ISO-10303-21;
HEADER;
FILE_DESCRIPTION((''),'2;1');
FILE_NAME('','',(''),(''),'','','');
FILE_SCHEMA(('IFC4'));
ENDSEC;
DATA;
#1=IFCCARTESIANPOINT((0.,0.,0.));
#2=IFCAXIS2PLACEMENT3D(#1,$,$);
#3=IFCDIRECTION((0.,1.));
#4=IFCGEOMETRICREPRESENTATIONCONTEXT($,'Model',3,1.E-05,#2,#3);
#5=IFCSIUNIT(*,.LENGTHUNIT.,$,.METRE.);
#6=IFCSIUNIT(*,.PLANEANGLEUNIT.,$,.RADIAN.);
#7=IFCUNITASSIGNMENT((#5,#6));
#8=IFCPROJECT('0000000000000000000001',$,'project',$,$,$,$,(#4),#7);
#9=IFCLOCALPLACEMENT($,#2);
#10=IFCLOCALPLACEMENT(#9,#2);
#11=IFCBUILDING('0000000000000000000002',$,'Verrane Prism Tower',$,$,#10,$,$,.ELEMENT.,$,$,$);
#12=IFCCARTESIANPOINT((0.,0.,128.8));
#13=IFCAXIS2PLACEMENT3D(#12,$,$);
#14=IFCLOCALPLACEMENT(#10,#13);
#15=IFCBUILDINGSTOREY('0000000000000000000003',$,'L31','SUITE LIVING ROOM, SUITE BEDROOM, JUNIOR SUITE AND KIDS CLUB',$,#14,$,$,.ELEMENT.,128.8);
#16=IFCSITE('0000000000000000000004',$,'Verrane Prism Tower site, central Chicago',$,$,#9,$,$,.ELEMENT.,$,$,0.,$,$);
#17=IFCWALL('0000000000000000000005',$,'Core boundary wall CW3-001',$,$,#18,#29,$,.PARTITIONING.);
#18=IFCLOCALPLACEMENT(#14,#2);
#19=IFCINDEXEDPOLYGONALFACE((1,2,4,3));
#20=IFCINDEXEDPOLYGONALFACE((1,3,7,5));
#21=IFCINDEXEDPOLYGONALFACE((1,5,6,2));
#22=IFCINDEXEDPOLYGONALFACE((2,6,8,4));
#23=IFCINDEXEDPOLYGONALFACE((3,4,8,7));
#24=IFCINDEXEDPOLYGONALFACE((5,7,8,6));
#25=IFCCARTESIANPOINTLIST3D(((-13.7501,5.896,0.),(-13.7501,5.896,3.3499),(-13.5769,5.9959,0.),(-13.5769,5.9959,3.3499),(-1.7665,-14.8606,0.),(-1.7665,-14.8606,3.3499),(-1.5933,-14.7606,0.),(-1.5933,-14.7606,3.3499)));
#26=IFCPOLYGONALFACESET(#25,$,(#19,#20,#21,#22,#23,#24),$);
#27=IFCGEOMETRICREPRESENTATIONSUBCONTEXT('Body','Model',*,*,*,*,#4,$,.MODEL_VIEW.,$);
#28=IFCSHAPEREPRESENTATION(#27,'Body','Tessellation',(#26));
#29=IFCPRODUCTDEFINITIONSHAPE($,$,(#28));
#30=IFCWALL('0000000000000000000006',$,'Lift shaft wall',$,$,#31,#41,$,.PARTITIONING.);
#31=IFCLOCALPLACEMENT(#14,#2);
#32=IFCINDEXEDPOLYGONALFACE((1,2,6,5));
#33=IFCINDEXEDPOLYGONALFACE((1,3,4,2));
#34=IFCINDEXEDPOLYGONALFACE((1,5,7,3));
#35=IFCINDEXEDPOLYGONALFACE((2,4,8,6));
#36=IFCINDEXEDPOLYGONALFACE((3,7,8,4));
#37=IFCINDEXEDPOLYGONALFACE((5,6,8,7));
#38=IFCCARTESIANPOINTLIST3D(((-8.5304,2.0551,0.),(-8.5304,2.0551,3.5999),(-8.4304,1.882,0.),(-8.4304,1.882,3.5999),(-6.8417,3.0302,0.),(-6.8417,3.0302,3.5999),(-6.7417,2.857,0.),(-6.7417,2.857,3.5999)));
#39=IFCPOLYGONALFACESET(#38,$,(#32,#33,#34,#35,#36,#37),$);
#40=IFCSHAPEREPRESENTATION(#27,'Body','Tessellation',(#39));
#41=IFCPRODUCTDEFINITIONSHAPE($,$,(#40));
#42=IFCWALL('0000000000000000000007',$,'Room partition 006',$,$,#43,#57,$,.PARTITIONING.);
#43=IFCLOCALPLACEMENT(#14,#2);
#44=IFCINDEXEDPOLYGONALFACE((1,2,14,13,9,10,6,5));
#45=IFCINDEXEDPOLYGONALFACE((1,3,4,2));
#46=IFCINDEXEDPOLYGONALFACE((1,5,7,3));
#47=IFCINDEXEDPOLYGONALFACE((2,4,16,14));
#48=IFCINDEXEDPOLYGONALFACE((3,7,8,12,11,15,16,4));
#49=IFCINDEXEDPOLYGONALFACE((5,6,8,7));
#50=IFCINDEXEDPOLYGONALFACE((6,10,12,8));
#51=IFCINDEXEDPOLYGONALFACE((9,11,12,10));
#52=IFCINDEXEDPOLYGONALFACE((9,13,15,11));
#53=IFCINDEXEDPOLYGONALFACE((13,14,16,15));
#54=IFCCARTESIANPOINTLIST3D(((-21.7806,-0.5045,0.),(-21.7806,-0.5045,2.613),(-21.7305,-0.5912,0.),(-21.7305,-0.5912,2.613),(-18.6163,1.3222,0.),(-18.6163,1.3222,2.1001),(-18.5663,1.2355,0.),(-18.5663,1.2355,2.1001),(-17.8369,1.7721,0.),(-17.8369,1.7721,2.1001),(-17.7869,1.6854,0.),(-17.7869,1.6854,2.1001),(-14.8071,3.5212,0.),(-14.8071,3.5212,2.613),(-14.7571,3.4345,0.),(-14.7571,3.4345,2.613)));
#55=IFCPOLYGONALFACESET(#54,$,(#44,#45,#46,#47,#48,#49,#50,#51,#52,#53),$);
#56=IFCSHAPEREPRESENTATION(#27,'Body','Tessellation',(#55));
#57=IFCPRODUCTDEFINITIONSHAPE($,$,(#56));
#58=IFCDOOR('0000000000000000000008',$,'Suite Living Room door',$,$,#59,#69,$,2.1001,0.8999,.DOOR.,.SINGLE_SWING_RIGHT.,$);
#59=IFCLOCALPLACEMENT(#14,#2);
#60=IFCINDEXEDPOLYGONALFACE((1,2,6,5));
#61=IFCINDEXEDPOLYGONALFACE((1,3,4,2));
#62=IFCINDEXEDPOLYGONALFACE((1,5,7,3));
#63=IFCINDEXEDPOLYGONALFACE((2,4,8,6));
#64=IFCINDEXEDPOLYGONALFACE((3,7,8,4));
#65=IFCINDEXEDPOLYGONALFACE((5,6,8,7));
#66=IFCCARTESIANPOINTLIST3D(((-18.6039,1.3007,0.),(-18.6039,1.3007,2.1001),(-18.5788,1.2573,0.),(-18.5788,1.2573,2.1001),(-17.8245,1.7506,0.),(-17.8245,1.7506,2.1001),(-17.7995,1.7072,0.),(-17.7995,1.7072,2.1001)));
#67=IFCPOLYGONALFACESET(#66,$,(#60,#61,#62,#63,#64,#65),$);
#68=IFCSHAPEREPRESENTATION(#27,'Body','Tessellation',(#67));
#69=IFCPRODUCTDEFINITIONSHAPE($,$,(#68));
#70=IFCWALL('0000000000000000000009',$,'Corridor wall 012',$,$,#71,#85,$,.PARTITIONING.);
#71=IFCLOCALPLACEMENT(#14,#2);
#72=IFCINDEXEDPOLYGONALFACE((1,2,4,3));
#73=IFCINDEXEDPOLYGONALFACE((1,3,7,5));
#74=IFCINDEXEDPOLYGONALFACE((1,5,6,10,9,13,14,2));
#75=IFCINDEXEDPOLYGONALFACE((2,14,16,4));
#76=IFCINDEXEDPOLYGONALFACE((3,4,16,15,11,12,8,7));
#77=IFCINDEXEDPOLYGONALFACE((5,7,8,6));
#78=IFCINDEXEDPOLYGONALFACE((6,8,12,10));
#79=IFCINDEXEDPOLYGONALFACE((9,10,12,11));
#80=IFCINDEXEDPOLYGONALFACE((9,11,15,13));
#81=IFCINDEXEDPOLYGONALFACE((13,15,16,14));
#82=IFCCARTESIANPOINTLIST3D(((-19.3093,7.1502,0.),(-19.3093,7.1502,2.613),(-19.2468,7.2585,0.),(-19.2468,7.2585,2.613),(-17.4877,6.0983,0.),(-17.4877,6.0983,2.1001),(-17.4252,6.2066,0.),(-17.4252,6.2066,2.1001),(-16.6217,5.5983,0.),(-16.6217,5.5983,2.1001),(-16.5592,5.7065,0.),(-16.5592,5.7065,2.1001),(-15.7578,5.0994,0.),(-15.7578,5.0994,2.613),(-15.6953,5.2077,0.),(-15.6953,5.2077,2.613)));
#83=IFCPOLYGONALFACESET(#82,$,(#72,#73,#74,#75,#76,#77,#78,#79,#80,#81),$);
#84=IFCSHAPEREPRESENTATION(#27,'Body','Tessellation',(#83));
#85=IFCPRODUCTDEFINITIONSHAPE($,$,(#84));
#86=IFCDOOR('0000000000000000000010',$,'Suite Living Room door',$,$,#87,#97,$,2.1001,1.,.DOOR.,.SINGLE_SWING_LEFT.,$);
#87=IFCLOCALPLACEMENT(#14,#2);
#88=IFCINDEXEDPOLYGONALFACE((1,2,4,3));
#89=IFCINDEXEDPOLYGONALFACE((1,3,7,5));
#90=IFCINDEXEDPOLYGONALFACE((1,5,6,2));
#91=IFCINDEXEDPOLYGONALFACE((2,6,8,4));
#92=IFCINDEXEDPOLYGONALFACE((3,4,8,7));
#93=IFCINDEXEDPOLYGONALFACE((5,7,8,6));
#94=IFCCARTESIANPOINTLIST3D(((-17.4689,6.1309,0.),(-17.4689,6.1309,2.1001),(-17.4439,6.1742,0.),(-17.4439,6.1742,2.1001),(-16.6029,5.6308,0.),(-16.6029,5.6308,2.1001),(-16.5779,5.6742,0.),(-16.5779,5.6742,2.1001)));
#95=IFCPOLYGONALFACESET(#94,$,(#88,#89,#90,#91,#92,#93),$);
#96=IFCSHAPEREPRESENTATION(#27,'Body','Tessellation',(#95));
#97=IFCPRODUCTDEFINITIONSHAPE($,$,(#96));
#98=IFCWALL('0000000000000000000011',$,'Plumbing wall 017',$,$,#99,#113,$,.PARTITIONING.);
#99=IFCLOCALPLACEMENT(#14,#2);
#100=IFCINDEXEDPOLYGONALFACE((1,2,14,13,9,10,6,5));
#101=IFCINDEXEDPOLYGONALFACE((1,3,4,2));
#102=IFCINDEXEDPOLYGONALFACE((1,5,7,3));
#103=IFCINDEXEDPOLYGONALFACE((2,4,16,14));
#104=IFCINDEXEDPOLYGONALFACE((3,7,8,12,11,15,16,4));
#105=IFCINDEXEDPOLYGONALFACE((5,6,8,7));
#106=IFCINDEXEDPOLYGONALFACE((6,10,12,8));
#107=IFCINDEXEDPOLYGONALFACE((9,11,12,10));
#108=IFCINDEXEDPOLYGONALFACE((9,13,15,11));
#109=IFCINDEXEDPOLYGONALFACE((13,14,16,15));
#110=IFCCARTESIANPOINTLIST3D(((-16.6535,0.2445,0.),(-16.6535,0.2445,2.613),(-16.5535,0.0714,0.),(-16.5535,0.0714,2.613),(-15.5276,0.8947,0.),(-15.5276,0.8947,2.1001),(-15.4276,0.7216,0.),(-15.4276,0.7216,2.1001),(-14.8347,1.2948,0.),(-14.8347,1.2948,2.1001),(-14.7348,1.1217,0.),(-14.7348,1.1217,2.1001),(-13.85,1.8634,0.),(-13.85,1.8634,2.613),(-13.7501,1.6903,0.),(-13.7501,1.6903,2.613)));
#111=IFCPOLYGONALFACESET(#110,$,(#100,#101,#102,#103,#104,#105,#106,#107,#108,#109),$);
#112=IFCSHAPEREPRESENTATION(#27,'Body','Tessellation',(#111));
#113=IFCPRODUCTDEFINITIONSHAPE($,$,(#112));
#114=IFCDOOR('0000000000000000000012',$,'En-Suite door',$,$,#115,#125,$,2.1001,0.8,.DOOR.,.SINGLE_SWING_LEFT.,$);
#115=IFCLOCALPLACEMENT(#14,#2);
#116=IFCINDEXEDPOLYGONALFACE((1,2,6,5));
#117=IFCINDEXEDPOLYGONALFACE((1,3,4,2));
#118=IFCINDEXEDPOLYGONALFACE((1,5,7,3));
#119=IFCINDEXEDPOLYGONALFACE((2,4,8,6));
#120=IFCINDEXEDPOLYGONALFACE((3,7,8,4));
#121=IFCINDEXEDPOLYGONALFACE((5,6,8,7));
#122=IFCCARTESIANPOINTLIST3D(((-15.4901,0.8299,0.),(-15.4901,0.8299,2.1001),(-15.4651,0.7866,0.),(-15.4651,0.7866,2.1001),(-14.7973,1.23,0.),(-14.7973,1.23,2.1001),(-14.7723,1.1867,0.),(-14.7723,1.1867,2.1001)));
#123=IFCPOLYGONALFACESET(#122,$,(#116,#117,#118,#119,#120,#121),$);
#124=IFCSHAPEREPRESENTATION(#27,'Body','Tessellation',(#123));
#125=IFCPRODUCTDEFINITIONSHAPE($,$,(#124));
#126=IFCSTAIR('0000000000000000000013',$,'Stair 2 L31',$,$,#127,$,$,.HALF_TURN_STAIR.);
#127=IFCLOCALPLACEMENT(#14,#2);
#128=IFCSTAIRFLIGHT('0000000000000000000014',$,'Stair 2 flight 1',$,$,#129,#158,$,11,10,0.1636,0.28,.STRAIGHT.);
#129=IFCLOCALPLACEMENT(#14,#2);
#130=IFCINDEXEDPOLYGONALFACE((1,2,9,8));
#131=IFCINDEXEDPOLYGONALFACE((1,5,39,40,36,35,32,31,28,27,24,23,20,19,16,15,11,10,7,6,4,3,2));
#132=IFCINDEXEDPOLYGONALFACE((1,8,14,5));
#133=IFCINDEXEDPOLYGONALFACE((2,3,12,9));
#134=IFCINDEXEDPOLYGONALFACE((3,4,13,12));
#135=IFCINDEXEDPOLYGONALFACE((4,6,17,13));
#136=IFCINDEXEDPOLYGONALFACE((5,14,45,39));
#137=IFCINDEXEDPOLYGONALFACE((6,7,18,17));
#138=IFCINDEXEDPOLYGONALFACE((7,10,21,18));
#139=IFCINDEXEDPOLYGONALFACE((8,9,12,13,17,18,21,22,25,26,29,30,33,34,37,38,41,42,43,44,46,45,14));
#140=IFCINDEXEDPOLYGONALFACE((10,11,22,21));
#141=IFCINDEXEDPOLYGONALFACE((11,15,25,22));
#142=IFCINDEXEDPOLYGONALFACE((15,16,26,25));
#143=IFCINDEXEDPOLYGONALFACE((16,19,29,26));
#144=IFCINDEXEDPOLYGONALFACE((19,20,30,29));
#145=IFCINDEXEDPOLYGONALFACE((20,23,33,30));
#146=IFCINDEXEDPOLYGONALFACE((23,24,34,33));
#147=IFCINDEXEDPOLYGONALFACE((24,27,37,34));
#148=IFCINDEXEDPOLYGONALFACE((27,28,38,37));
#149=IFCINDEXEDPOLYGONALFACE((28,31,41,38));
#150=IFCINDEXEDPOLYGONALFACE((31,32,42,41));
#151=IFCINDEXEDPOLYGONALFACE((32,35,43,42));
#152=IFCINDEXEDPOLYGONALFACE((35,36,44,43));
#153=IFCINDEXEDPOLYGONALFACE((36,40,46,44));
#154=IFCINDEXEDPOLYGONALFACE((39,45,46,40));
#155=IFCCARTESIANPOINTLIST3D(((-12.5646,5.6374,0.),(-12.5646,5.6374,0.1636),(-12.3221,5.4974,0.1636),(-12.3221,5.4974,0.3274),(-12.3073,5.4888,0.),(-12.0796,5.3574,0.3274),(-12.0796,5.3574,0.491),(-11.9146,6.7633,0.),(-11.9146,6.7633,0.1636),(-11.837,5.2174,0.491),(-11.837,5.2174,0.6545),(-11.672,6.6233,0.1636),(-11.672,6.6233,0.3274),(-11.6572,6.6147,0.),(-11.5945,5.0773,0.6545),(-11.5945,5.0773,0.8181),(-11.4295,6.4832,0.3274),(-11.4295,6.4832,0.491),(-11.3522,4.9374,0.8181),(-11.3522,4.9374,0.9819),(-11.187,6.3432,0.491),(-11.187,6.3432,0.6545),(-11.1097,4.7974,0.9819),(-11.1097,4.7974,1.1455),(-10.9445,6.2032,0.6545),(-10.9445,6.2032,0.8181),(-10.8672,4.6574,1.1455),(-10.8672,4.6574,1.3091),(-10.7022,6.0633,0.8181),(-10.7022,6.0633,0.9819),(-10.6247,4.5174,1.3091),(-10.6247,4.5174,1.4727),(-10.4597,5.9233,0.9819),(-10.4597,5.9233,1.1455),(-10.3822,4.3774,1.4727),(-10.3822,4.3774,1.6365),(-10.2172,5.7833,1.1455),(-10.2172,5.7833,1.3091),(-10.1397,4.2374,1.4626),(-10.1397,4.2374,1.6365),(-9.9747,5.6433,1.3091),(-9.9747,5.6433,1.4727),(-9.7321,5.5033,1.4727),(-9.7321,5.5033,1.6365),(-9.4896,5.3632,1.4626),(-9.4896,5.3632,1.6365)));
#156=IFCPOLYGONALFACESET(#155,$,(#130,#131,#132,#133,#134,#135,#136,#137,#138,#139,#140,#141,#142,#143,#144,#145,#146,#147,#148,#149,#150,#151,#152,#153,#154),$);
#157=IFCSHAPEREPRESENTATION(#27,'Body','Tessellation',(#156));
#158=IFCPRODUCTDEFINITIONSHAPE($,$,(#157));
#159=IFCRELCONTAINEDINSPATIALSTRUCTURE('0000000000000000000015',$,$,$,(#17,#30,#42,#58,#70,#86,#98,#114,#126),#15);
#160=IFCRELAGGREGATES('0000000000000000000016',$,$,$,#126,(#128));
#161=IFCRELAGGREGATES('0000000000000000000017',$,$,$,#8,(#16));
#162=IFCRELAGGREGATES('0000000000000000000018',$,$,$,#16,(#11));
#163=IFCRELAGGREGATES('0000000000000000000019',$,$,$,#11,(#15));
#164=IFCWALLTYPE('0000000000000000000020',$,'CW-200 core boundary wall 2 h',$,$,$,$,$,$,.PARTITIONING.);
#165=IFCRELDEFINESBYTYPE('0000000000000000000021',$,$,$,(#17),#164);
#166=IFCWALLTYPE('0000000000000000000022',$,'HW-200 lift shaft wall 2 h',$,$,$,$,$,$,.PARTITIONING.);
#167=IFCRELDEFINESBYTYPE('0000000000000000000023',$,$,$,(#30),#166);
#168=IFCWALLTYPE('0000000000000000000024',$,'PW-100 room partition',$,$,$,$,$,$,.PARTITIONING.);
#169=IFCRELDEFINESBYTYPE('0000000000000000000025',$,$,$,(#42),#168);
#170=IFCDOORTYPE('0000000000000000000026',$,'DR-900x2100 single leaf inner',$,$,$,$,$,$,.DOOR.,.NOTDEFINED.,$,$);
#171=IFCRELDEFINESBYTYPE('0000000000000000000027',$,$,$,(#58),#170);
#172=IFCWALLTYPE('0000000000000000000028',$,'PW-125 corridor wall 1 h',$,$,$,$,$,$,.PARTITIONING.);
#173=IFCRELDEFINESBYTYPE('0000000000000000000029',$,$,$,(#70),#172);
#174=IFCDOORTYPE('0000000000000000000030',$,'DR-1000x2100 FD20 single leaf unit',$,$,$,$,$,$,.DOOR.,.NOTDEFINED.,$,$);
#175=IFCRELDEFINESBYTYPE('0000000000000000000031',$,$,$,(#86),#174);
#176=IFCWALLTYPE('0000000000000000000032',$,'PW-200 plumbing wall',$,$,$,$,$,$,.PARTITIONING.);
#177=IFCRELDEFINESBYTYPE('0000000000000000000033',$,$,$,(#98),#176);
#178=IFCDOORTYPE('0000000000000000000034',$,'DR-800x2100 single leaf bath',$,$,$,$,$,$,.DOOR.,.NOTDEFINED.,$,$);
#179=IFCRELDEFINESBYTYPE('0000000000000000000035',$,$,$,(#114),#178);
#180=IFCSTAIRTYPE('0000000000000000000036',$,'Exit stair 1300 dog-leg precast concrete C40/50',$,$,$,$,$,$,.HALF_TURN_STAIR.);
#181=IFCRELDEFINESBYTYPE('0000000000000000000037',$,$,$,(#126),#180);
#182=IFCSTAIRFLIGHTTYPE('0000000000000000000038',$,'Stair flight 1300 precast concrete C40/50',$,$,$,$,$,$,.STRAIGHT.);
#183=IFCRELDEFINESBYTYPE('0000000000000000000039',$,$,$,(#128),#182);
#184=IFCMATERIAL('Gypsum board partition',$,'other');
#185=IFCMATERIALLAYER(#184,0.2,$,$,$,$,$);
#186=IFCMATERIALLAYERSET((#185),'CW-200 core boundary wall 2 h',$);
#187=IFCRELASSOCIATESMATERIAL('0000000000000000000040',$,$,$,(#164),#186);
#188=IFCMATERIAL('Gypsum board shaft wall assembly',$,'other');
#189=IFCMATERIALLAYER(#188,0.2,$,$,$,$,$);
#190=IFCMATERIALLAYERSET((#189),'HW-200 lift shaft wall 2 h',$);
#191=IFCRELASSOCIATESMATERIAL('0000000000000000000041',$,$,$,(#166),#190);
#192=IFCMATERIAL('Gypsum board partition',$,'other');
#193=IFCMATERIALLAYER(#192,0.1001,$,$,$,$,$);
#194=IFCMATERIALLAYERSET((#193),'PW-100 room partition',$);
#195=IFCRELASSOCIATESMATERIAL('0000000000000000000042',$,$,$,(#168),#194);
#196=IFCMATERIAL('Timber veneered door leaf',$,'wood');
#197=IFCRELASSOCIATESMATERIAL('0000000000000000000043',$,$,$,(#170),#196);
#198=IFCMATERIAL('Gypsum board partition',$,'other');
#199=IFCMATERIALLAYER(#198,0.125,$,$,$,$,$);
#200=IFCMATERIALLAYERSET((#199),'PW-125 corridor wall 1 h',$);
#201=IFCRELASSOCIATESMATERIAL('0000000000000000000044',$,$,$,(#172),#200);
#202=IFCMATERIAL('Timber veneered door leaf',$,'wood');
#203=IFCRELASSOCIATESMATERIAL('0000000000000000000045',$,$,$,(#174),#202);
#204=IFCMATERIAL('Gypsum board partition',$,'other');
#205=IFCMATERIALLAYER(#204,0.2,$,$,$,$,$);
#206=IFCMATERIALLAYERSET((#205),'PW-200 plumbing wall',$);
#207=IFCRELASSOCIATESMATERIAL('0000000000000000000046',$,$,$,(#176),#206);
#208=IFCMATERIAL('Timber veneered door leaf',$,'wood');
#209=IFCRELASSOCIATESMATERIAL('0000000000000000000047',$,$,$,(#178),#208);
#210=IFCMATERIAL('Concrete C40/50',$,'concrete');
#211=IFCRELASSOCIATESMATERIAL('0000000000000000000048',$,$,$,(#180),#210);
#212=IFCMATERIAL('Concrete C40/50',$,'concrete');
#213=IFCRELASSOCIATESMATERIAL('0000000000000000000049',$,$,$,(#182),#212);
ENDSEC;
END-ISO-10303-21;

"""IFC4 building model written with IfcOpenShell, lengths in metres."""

from ifc_helpers import new_model, si_unit, direction, frame, frame_2d, origin, place, context, subcontext, project, spatial, polyline, rectangle, outline, extrude, material, layer, layer_set, type_object, element, fill, aggregate, save


model = new_model("IFC4")

# Units and contexts
model_context = context("Model", 3, precision=1e-05, world=origin(), true_north=direction((0.0, 1.0)))
body_context = subcontext(model_context, "Body", "Model", "MODEL_VIEW")
ifc_project = project(units=[si_unit("LENGTHUNIT", "METRE"), si_unit("PLANEANGLEUNIT", "RADIAN")], contexts=[model_context])

# Site, building, storey
site_placement = place(None, origin())
site = spatial("IfcSite", under=ifc_project, at=site_placement, Name="Verrane Prism Tower site, central Chicago", CompositionType="ELEMENT", RefElevation=0.0)
building_placement = place(site_placement, origin())
building = spatial("IfcBuilding", under=site, at=building_placement, Name="Verrane Prism Tower", CompositionType="ELEMENT")
storey_placement = place(building_placement, frame((0.0, 0.0, 128.8)))
storey = spatial("IfcBuildingStorey", under=building, at=storey_placement, Name="L31", Description="SUITE LIVING ROOM, SUITE BEDROOM, JUNIOR SUITE AND KIDS CLUB", CompositionType="ELEMENT", Elevation=128.8)

# Walls
ifc_material_1 = material(Name="Gypsum board partition", Category="other")
ifc_layer_1 = layer(ifc_material_1, 0.2)
ifc_layer_set_1 = layer_set([ifc_layer_1], Name="CW-200 core boundary wall 2 h")
wall_type_1 = type_object("IfcWallType", Name="CW-200 core boundary wall 2 h", PredefinedType="PARTITIONING", material=ifc_layer_set_1)
wall_1_placement = place(storey_placement, frame((-13.6636, 5.946, 0.0), z_axis=(0.0, 0.0, 1.0), x_axis=(0.499994, -0.866029, 0.0)))
element("IfcWall", 1, at=wall_1_placement, inside=storey, type_object=wall_type_1, Name="Core boundary wall CW3-001", PredefinedType="PARTITIONING", context=body_context, shape_type="SweptSolid", body=[
    extrude(rectangle(XDim=23.9675, YDim=0.2, at=frame_2d((11.9839, 0.0))), origin(), (0.0, 0.0, 1.0), 3.3499),
])
ifc_material_2 = material(Name="Gypsum board shaft wall assembly", Category="other")
ifc_layer_2 = layer(ifc_material_2, 0.2)
ifc_layer_set_2 = layer_set([ifc_layer_2], Name="HW-200 lift shaft wall 2 h")
wall_type_2 = type_object("IfcWallType", Name="HW-200 lift shaft wall 2 h", PredefinedType="PARTITIONING", material=ifc_layer_set_2)
wall_2_placement = place(storey_placement, frame((-8.4805, 1.9685, 0.0), z_axis=(0.0, 0.0, 1.0), x_axis=(0.866, 0.500044, 0.0)))
element("IfcWall", 2, at=wall_2_placement, inside=storey, type_object=wall_type_2, Name="Lift shaft wall", PredefinedType="PARTITIONING", context=body_context, shape_type="SweptSolid", body=[
    extrude(rectangle(XDim=1.95, YDim=0.2, at=frame_2d((0.9751, 0.0))), origin(), (0.0, 0.0, 1.0), 3.5999),
])

# Walls, openings, doors
ifc_material_3 = material(Name="Gypsum board partition", Category="other")
ifc_layer_3 = layer(ifc_material_3, 0.1001)
ifc_layer_set_3 = layer_set([ifc_layer_3], Name="PW-100 room partition")
wall_type_3 = type_object("IfcWallType", Name="PW-100 room partition", PredefinedType="PARTITIONING", material=ifc_layer_set_3)
wall_3_placement = place(storey_placement, frame((-14.7822, 3.4778, 0.0), z_axis=(0.0, 0.0, 1.0), x_axis=(-0.86605, -0.499958, 0.0)))
wall_3 = element("IfcWall", 3, at=wall_3_placement, inside=storey, type_object=wall_type_3, Name="Room partition 006", PredefinedType="PARTITIONING", context=body_context, shape_type="SweptSolid", body=[
    extrude(rectangle(XDim=8.052, YDim=0.1001, at=frame_2d((4.0259, 0.0))), origin(), (0.0, 0.0, 1.0), 2.613),
])
opening_1_placement = place(wall_3_placement, frame((3.4983, 0.0, 0.0)))
opening_1 = element("IfcOpeningElement", 4, at=opening_1_placement, cuts=wall_3, PredefinedType="OPENING", context=body_context, shape_type="SweptSolid", body=[
    extrude(rectangle(XDim=0.8999, YDim=2.1001, at=frame_2d((0.45, 1.05))), frame((0.0, 0.0601, 0.0), z_axis=(0.0, -1.0, 0.0), x_axis=(1.0, 0.0, 0.0)), (0.0, 0.0, 1.0), 0.1201),
])
ifc_material_4 = material(Name="Timber veneered door leaf", Category="wood")
door_type_1 = type_object("IfcDoorType", Name="DR-900x2100 single leaf inner", OperationType="NOTDEFINED", PredefinedType="DOOR", material=ifc_material_4)
door_1_placement = place(opening_1_placement, origin())
door_1 = element("IfcDoor", 5, at=door_1_placement, inside=storey, type_object=door_type_1, Name="Suite Living Room door", OperationType="SINGLE_SWING_RIGHT", OverallHeight=2.1001, OverallWidth=0.8999, PredefinedType="DOOR", context=body_context, shape_type="SweptSolid", body=[
    extrude(rectangle(XDim=0.8999, YDim=2.1001, at=frame_2d((0.45, 1.05))), frame((0.0, 0.0249, 0.0), z_axis=(0.0, -1.0, 0.0), x_axis=(1.0, 0.0, 0.0)), (0.0, 0.0, 1.0), 0.05),
])
fill(opening_1, door_1)
ifc_material_5 = material(Name="Gypsum board partition", Category="other")
ifc_layer_4 = layer(ifc_material_5, 0.125)
ifc_layer_set_4 = layer_set([ifc_layer_4], Name="PW-125 corridor wall 1 h")
wall_type_4 = type_object("IfcWallType", Name="PW-125 corridor wall 1 h", PredefinedType="PARTITIONING", material=ifc_layer_set_4)
wall_4_placement = place(storey_placement, frame((-15.7266, 5.1536, 0.0), z_axis=(0.0, 0.0, 1.0), x_axis=(-0.865992, 0.500057, 0.0)))
wall_4 = element("IfcWall", 6, at=wall_4_placement, inside=storey, type_object=wall_type_4, Name="Corridor wall 012", PredefinedType="PARTITIONING", context=body_context, shape_type="SweptSolid", body=[
    extrude(rectangle(XDim=4.1011, YDim=0.125, at=frame_2d((2.0505, 0.0))), origin(), (0.0, 0.0, 1.0), 2.613),
])
opening_2_placement = place(wall_4_placement, frame((0.9976, 0.0, 0.0)))
opening_2 = element("IfcOpeningElement", 7, at=opening_2_placement, cuts=wall_4, PredefinedType="OPENING", context=body_context, shape_type="SweptSolid", body=[
    extrude(rectangle(XDim=1.0, YDim=2.1001, at=frame_2d((0.5, 1.05))), frame((0.0, 0.0725, 0.0), z_axis=(0.0, -1.0, 0.0), x_axis=(1.0, 0.0, 0.0)), (0.0, 0.0, 1.0), 0.145),
])
ifc_material_6 = material(Name="Timber veneered door leaf", Category="wood")
door_type_2 = type_object("IfcDoorType", Name="DR-1000x2100 FD20 single leaf unit", OperationType="NOTDEFINED", PredefinedType="DOOR", material=ifc_material_6)
door_2_placement = place(opening_2_placement, origin())
door_2 = element("IfcDoor", 8, at=door_2_placement, inside=storey, type_object=door_type_2, Name="Suite Living Room door", OperationType="SINGLE_SWING_LEFT", OverallHeight=2.1001, OverallWidth=1.0, PredefinedType="DOOR", context=body_context, shape_type="SweptSolid", body=[
    extrude(rectangle(XDim=1.0, YDim=2.1001, at=frame_2d((0.5, 1.05))), frame((0.0, 0.0249, 0.0), z_axis=(0.0, -1.0, 0.0), x_axis=(1.0, 0.0, 0.0)), (0.0, 0.0, 1.0), 0.05),
])
fill(opening_2, door_2)
ifc_material_7 = material(Name="Gypsum board partition", Category="other")
ifc_layer_5 = layer(ifc_material_7, 0.2)
ifc_layer_set_5 = layer_set([ifc_layer_5], Name="PW-200 plumbing wall")
wall_type_5 = type_object("IfcWallType", Name="PW-200 plumbing wall", PredefinedType="PARTITIONING", material=ifc_layer_set_5)
wall_5_placement = place(storey_placement, frame((-13.8, 1.7769, 0.0), z_axis=(0.0, 0.0, 1.0), x_axis=(-0.865983, -0.500073, 0.0)))
wall_5 = element("IfcWall", 9, at=wall_5_placement, inside=storey, type_object=wall_type_5, Name="Plumbing wall 017", PredefinedType="PARTITIONING", context=body_context, shape_type="SweptSolid", body=[
    extrude(rectangle(XDim=3.2373, YDim=0.2, at=frame_2d((1.6187, 0.0))), origin(), (0.0, 0.0, 1.0), 2.613),
])
opening_3_placement = place(wall_5_placement, frame((1.1372, 0.0, 0.0)))
opening_3 = element("IfcOpeningElement", 10, at=opening_3_placement, cuts=wall_5, PredefinedType="OPENING", context=body_context, shape_type="SweptSolid", body=[
    extrude(rectangle(XDim=0.8, YDim=2.1001, at=frame_2d((0.3999, 1.05))), frame((0.0, 0.1099, 0.0), z_axis=(0.0, -1.0, 0.0), x_axis=(1.0, 0.0, 0.0)), (0.0, 0.0, 1.0), 0.22),
])
ifc_material_8 = material(Name="Timber veneered door leaf", Category="wood")
door_type_3 = type_object("IfcDoorType", Name="DR-800x2100 single leaf bath", OperationType="NOTDEFINED", PredefinedType="DOOR", material=ifc_material_8)
door_3_placement = place(opening_3_placement, origin())
door_3 = element("IfcDoor", 11, at=door_3_placement, inside=storey, type_object=door_type_3, Name="En-Suite door", OperationType="SINGLE_SWING_LEFT", OverallHeight=2.1001, OverallWidth=0.8, PredefinedType="DOOR", context=body_context, shape_type="SweptSolid", body=[
    extrude(rectangle(XDim=0.8, YDim=2.1001, at=frame_2d((0.3999, 1.05))), frame((0.0, 0.0249, 0.0), z_axis=(0.0, -1.0, 0.0), x_axis=(1.0, 0.0, 0.0)), (0.0, 0.0, 1.0), 0.05),
])
fill(opening_3, door_3)

# Stair, stair flight
ifc_material_9 = material(Name="Concrete C40/50", Category="concrete")
stair_type = type_object("IfcStairType", Name="Exit stair 1300 dog-leg precast concrete C40/50", PredefinedType="HALF_TURN_STAIR", material=ifc_material_9)
stair_placement = place(storey_placement, origin())
stair = element("IfcStair", 12, at=stair_placement, inside=storey, type_object=stair_type, Name="Stair 2 L31", PredefinedType="HALF_TURN_STAIR")
ifc_material_10 = material(Name="Concrete C40/50", Category="concrete")
stair_flight_type = type_object("IfcStairFlightType", Name="Stair flight 1300 precast concrete C40/50", PredefinedType="STRAIGHT", material=ifc_material_10)
stair_flight_1_placement = place(storey_placement, frame((-12.2395, 6.2004, 0.0), z_axis=(0.0, 0.0, 1.0), x_axis=(0.866025, -0.5, 0.0)))
stair_flight_1 = element("IfcStairFlight", 13, at=stair_flight_1_placement, type_object=stair_flight_type, Name="Stair 2 flight 1", NumberOfRisers=11, NumberOfTreads=10, PredefinedType="STRAIGHT", RiserHeight=0.1636, TreadLength=0.28, context=body_context, shape_type="SweptSolid", body=[
    extrude(outline(polyline([(0.0, 0.0), (0.0, 0.1636), (0.28, 0.1636), (0.28, 0.3274), (0.5601, 0.3274), (0.5601, 0.491), (0.8401, 0.491), (0.8401, 0.6545), (1.1201, 0.6545), (1.1201, 0.8181), (1.3999, 0.8181), (1.3999, 0.9819), (1.6799, 0.9819), (1.6799, 1.1455), (1.96, 1.1455), (1.96, 1.3091), (2.24, 1.3091), (2.24, 1.4727), (2.52, 1.4727), (2.52, 1.6365), (2.8, 1.6365), (2.8, 1.8), (2.8, 1.4626), (0.2971, 0.0), (0.0, 0.0)])), frame((0.0, 0.6499, 0.0), z_axis=(0.0, -1.0, 0.0), x_axis=(1.0, 0.0, 0.0)), (0.0, 0.0, 1.0), 1.3),
])
aggregate(stair, [stair_flight_1])

save(model, "model.ifc")
